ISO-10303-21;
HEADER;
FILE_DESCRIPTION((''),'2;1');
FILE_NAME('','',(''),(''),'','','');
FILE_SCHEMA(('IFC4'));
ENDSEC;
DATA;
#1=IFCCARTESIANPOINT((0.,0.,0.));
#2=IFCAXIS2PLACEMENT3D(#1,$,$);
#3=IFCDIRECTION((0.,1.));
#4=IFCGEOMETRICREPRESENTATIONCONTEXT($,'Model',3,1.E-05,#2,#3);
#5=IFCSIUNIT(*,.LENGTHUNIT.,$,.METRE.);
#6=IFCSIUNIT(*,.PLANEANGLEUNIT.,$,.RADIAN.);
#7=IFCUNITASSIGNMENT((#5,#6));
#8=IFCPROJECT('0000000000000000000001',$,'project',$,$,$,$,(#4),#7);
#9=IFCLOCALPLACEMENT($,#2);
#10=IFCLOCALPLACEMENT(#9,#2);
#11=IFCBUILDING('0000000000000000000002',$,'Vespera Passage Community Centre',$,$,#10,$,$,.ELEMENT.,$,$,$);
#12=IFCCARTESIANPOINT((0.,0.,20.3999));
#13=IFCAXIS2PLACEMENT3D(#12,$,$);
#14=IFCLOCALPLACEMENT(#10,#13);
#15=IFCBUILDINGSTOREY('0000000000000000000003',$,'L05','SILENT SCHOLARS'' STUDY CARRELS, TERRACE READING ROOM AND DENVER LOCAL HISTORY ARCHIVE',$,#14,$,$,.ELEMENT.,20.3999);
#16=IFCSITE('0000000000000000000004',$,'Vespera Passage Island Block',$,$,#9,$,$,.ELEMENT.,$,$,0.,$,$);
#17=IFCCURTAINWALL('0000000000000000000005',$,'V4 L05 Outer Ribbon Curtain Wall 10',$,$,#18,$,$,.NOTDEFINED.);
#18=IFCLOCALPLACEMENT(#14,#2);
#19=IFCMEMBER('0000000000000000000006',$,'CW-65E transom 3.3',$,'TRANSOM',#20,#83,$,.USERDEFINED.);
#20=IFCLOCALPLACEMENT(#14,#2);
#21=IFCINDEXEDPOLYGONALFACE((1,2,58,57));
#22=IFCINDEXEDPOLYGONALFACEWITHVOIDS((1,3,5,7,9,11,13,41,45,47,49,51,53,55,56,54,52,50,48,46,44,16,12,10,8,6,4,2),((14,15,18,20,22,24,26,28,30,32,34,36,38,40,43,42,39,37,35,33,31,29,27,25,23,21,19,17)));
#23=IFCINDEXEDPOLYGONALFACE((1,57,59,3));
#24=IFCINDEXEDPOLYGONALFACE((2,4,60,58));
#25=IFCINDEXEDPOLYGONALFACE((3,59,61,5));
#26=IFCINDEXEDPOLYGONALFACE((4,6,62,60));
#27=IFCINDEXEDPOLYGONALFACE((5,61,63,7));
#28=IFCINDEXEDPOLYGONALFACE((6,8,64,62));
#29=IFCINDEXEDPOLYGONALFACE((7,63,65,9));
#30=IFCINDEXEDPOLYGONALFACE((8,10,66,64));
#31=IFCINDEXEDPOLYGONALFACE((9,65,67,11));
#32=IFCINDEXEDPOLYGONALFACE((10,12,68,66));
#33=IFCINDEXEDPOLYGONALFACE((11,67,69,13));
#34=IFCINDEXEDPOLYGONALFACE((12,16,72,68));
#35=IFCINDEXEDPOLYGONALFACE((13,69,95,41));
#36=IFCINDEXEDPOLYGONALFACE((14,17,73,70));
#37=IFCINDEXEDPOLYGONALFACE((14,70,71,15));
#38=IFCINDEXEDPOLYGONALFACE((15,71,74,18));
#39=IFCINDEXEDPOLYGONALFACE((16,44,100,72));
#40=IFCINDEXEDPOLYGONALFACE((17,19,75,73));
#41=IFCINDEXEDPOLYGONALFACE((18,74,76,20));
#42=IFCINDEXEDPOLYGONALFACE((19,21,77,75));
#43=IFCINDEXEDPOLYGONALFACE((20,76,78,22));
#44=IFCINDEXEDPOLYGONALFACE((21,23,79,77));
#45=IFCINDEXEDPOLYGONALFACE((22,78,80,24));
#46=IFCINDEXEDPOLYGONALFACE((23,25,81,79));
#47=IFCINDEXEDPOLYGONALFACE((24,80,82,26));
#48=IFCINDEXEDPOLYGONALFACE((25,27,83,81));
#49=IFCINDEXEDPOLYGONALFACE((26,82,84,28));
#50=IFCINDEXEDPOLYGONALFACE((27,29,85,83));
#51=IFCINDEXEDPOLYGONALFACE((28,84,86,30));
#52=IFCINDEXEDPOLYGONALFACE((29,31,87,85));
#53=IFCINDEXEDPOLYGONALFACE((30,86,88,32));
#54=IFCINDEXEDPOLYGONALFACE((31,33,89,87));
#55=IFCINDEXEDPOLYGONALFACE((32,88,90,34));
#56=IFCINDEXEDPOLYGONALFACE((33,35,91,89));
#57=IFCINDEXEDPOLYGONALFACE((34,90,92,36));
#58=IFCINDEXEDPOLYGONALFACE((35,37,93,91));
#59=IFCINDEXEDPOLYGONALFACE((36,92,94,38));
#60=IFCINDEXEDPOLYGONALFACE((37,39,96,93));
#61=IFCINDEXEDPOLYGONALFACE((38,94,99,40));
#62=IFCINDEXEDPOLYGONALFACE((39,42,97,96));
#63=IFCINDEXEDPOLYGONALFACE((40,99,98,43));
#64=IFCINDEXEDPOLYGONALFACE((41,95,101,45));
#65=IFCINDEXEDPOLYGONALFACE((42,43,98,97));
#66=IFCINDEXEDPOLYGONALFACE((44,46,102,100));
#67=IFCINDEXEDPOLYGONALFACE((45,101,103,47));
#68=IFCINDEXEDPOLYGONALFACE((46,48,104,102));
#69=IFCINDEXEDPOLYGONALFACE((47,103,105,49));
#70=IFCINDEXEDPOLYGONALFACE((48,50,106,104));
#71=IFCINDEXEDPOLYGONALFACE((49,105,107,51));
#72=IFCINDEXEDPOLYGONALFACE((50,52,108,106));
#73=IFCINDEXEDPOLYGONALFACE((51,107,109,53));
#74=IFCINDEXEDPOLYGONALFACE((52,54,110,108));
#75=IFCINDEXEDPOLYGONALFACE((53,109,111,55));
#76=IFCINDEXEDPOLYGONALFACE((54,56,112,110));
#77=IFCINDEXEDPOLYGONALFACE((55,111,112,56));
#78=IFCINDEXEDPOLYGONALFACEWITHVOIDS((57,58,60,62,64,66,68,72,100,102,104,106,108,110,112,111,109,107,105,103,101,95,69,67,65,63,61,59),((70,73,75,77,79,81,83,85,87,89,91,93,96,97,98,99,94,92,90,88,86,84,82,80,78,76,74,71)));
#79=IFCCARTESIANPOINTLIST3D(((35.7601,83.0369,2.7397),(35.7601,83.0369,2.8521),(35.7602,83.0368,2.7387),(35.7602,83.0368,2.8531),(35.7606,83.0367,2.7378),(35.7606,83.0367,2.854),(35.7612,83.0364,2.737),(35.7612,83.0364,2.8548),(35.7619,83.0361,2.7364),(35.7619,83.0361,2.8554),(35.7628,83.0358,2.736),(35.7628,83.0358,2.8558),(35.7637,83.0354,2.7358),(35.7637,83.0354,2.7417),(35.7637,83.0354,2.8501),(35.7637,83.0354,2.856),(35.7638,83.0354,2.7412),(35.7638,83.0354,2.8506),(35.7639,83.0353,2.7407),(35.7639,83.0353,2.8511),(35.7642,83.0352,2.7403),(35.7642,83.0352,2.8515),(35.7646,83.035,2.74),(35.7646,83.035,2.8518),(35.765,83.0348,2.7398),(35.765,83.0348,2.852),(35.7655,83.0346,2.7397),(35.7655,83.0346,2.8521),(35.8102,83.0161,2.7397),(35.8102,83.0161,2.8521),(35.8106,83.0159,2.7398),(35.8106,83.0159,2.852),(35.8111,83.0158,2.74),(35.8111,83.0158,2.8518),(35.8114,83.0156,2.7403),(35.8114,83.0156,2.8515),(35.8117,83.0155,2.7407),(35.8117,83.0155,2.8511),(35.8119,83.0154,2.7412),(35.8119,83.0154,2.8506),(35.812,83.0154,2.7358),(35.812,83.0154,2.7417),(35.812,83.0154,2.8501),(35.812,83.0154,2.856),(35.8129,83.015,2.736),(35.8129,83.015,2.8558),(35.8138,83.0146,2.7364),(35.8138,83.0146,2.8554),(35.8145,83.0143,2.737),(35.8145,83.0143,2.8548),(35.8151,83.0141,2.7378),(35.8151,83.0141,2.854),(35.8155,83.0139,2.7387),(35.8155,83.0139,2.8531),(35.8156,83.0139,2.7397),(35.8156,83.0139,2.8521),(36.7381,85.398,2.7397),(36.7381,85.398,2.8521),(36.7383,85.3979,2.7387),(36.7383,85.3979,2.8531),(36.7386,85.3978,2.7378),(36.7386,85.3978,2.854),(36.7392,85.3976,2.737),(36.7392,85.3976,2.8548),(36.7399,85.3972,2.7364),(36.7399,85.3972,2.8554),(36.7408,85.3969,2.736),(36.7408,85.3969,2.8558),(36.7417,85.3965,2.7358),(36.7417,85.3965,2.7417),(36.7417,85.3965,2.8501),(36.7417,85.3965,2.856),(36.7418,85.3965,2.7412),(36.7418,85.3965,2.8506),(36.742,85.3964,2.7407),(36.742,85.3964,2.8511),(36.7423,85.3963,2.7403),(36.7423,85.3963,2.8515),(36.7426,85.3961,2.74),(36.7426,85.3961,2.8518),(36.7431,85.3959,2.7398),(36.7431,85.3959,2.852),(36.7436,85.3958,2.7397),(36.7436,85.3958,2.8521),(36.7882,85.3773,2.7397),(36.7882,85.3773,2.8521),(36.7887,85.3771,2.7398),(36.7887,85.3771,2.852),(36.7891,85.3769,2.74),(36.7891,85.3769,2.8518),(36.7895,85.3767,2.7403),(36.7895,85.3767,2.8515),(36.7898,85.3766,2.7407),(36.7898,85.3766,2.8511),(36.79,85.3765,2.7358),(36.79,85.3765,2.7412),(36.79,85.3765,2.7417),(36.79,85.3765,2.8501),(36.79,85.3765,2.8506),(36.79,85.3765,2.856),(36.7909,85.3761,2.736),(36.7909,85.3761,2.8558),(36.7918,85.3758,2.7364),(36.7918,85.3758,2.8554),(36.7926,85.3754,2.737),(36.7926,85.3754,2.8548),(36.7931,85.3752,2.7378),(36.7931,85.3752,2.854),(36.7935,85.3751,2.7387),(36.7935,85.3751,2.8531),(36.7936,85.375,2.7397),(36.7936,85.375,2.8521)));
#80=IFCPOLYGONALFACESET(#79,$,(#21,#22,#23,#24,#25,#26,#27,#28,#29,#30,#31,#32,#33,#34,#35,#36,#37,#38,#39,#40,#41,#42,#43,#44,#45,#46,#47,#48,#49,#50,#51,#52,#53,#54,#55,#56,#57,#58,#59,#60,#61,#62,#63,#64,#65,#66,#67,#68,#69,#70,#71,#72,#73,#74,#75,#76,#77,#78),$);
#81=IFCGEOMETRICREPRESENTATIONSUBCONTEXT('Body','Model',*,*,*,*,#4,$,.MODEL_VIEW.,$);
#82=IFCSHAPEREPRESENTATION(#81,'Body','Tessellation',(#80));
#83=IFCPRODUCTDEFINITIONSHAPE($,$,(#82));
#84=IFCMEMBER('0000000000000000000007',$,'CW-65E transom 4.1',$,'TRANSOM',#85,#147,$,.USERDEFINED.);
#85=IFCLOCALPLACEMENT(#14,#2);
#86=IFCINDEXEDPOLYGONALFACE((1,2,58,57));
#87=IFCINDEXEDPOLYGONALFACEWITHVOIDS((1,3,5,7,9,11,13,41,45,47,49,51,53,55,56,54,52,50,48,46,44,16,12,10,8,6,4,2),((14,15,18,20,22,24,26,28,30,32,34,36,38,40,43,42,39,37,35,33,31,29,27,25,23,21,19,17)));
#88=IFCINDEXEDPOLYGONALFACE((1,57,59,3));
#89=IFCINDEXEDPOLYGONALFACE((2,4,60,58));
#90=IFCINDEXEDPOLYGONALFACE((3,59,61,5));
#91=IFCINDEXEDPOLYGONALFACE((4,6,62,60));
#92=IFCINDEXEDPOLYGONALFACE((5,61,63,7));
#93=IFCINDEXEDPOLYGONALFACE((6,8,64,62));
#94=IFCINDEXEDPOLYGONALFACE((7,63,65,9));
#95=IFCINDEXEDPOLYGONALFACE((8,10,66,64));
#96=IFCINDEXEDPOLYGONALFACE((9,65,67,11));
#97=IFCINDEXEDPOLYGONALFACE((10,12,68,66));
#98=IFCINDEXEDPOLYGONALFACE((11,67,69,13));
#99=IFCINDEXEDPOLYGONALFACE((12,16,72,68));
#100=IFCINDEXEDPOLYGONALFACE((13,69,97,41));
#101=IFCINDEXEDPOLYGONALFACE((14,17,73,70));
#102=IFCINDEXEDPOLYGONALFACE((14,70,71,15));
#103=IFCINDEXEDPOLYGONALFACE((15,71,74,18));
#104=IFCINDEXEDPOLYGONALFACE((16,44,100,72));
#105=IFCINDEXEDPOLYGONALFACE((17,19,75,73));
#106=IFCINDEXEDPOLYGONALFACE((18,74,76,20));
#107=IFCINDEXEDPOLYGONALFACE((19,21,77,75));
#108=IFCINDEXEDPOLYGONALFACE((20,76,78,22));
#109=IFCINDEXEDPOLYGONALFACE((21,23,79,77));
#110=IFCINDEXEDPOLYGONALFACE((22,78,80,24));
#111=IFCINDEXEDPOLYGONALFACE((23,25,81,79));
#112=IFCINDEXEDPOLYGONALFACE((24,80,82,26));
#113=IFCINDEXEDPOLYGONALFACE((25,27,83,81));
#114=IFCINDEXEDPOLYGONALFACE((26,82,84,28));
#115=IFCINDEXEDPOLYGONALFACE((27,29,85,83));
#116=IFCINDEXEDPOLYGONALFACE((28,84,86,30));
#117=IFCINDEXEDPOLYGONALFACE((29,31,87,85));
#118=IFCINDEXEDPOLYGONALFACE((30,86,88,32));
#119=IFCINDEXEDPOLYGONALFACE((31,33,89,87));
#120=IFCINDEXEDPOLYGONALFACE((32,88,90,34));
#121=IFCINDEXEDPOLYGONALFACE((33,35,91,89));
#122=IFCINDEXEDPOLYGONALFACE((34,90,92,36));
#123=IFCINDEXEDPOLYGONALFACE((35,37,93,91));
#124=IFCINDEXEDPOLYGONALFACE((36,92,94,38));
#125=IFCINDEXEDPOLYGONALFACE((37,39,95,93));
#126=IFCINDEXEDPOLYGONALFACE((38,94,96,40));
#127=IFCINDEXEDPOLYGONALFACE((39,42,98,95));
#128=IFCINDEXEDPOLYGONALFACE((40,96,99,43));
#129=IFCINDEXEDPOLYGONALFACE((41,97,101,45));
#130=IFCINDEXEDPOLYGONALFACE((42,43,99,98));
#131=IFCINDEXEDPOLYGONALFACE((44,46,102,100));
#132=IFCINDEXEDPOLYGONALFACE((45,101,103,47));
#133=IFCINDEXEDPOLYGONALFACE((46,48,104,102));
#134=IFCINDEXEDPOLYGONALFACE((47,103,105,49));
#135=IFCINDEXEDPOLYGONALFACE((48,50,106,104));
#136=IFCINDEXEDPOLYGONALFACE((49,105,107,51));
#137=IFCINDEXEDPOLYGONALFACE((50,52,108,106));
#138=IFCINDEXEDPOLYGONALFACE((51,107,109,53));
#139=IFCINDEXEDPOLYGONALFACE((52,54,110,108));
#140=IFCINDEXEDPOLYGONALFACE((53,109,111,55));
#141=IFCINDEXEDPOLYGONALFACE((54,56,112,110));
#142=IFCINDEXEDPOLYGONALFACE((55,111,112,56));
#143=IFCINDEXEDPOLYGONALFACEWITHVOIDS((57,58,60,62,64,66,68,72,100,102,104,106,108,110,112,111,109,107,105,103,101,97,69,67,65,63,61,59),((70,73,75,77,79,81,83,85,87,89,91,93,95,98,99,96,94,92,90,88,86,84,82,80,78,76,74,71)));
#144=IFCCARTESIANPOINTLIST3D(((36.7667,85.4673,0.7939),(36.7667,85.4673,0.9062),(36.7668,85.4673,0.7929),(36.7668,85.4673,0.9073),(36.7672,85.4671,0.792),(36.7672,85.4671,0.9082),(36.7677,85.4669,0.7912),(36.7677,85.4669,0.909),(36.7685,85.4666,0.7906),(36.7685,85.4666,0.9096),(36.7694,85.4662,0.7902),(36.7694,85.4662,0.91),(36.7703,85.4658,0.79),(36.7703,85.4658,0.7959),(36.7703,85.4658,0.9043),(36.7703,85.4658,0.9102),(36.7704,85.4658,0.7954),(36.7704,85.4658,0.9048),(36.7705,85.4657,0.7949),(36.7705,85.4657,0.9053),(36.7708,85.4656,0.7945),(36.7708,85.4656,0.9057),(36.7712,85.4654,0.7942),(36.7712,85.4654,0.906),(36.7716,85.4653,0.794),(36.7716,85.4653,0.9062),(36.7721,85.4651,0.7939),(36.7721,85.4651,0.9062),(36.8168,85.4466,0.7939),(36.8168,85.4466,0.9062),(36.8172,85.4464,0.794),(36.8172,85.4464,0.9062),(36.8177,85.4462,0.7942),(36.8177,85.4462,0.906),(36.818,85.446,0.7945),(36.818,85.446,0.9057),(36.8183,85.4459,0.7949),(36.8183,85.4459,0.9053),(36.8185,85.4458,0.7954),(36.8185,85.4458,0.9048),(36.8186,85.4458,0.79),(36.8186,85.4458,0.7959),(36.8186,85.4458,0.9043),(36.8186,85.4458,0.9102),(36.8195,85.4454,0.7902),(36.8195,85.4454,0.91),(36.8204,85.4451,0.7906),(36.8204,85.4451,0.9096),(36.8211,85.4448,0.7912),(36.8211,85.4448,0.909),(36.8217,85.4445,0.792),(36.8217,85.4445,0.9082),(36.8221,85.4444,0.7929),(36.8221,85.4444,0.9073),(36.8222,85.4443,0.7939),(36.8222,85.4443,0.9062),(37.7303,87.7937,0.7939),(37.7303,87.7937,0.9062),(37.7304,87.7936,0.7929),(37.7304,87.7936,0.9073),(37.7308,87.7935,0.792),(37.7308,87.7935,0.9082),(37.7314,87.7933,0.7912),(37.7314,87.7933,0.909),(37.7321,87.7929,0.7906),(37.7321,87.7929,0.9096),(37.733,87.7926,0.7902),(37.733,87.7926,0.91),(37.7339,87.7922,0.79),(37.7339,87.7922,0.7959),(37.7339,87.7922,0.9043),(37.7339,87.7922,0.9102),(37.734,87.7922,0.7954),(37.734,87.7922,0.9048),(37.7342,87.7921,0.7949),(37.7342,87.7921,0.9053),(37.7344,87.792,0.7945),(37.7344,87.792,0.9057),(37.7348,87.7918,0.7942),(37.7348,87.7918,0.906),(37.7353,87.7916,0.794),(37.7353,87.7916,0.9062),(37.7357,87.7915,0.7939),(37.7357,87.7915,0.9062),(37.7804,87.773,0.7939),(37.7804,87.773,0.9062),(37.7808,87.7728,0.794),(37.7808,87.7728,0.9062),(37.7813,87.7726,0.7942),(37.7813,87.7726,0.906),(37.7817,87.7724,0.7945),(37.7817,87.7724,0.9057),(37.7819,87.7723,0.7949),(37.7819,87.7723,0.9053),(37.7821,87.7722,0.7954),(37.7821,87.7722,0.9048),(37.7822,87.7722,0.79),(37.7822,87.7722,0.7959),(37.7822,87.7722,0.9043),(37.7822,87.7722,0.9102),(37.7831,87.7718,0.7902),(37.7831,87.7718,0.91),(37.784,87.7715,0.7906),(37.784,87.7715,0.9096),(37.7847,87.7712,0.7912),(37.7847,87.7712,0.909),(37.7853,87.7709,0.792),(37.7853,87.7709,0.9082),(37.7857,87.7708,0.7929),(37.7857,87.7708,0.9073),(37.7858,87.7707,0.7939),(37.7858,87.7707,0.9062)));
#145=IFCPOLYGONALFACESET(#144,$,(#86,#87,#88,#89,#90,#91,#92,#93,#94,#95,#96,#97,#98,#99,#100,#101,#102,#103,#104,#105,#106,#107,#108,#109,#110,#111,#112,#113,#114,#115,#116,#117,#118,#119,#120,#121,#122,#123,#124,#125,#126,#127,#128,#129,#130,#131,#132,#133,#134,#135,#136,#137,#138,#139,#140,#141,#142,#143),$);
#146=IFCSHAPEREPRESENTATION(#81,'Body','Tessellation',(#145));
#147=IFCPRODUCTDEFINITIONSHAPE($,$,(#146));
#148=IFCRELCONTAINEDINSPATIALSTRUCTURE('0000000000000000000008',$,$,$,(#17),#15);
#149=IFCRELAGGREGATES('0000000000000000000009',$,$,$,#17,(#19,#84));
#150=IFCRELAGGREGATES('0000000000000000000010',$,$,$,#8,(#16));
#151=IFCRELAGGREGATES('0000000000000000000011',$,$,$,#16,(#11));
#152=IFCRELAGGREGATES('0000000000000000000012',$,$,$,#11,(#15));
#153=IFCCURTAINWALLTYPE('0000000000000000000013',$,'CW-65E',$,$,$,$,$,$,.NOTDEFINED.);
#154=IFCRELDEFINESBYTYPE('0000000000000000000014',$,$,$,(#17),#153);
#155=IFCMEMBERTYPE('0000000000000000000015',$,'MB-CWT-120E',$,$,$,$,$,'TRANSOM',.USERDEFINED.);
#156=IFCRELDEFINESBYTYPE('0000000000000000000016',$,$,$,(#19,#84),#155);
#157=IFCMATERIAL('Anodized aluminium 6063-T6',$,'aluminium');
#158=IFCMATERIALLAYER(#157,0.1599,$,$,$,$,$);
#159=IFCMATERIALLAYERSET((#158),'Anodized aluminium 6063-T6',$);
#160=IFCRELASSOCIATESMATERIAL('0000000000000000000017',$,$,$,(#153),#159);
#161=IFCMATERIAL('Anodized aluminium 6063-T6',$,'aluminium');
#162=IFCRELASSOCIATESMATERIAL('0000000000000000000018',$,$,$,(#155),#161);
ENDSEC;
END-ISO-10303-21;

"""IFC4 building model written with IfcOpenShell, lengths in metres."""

from ifc_helpers import new_model, si_unit, direction, frame, origin, origin_2d, place, context, subcontext, project, spatial, hollow_rectangle, extrude, material, layer, layer_set, material_profile, profile_set, type_object, element, aggregate, save


model = new_model("IFC4")

# Units and contexts
model_context = context("Model", 3, precision=1e-05, world=origin(), true_north=direction((0.0, 1.0)))
body_context = subcontext(model_context, "Body", "Model", "MODEL_VIEW")
ifc_project = project(units=[si_unit("LENGTHUNIT", "METRE"), si_unit("PLANEANGLEUNIT", "RADIAN")], contexts=[model_context])

# Site, building, storey
site_placement = place(None, origin())
site = spatial("IfcSite", under=ifc_project, at=site_placement, Name="Vespera Passage Island Block", CompositionType="ELEMENT", RefElevation=0.0)
building_placement = place(site_placement, origin())
building = spatial("IfcBuilding", under=site, at=building_placement, Name="Vespera Passage Community Centre", CompositionType="ELEMENT")
storey_placement = place(building_placement, frame((0.0, 0.0, 20.3999)))
storey = spatial("IfcBuildingStorey", under=building, at=storey_placement, Name="L05", Description="SILENT SCHOLARS' STUDY CARRELS, TERRACE READING ROOM AND DENVER LOCAL HISTORY ARCHIVE", CompositionType="ELEMENT", Elevation=20.3999)

# Curtain wall
ifc_material_1 = material(Name="Anodized aluminium 6063-T6", Category="aluminium")
ifc_layer_1 = layer(ifc_material_1, 0.1599)
ifc_layer_set_1 = layer_set([ifc_layer_1], Name="Anodized aluminium 6063-T6")
curtain_wall_type_1 = type_object("IfcCurtainWallType", Name="CW-65E", PredefinedType="NOTDEFINED", material=ifc_layer_set_1)
curtain_wall_1_placement = place(storey_placement, origin())
curtain_wall_1 = element("IfcCurtainWall", 1, at=curtain_wall_1_placement, inside=storey, type_object=curtain_wall_type_1, Name="V4 L05 Outer Ribbon Curtain Wall 10", PredefinedType="NOTDEFINED")

# Members
ifc_material_2 = material(Name="Anodized aluminium 6063-T6", Category="aluminium")
ifc_material_profile_1 = material_profile(ifc_material_2, hollow_rectangle(XDim=0.0601, YDim=0.1201, WallThickness=0.0039, InnerFilletRadius=0.002, OuterFilletRadius=0.0039, at=origin_2d()), Name="ALU120X60X4")
ifc_profile_set_1 = profile_set([ifc_material_profile_1], Name="Anodized aluminium 6063-T6")
member_type_1 = type_object("IfcMemberType", Name="MB-CWT-120E", ElementType="TRANSOM", PredefinedType="USERDEFINED", material=ifc_profile_set_1)
member_1_placement = place(storey_placement, frame((35.7878, 83.0254, 2.7959), z_axis=(0.382695, 0.923875, 0.0), x_axis=(-0.923875, 0.382695, 0.0)))
member_1 = element("IfcMember", 2, at=member_1_placement, type_object=member_type_1, Name="CW-65E transom 3.3", ObjectType="TRANSOM", PredefinedType="USERDEFINED", context=body_context, shape_type="SweptSolid", body=[
    extrude(hollow_rectangle(XDim=0.0601, YDim=0.1201, WallThickness=0.0039, InnerFilletRadius=0.002, OuterFilletRadius=0.0039, at=origin_2d()), origin(), (0.0, 0.0, 1.0), 2.5557),
])
member_2_placement = place(storey_placement, frame((36.7944, 85.4558, 0.8501), z_axis=(0.38268, 0.923881, 0.0), x_axis=(-0.923881, 0.38268, 0.0)))
member_2 = element("IfcMember", 3, at=member_2_placement, type_object=member_type_1, Name="CW-65E transom 4.1", ObjectType="TRANSOM", PredefinedType="USERDEFINED", context=body_context, shape_type="SweptSolid", body=[
    extrude(hollow_rectangle(XDim=0.0601, YDim=0.1201, WallThickness=0.0039, InnerFilletRadius=0.002, OuterFilletRadius=0.0039, at=origin_2d()), origin(), (0.0, 0.0, 1.0), 2.5181),
])

aggregate(curtain_wall_1, [member_1, member_2])

save(model, "model.ifc")
